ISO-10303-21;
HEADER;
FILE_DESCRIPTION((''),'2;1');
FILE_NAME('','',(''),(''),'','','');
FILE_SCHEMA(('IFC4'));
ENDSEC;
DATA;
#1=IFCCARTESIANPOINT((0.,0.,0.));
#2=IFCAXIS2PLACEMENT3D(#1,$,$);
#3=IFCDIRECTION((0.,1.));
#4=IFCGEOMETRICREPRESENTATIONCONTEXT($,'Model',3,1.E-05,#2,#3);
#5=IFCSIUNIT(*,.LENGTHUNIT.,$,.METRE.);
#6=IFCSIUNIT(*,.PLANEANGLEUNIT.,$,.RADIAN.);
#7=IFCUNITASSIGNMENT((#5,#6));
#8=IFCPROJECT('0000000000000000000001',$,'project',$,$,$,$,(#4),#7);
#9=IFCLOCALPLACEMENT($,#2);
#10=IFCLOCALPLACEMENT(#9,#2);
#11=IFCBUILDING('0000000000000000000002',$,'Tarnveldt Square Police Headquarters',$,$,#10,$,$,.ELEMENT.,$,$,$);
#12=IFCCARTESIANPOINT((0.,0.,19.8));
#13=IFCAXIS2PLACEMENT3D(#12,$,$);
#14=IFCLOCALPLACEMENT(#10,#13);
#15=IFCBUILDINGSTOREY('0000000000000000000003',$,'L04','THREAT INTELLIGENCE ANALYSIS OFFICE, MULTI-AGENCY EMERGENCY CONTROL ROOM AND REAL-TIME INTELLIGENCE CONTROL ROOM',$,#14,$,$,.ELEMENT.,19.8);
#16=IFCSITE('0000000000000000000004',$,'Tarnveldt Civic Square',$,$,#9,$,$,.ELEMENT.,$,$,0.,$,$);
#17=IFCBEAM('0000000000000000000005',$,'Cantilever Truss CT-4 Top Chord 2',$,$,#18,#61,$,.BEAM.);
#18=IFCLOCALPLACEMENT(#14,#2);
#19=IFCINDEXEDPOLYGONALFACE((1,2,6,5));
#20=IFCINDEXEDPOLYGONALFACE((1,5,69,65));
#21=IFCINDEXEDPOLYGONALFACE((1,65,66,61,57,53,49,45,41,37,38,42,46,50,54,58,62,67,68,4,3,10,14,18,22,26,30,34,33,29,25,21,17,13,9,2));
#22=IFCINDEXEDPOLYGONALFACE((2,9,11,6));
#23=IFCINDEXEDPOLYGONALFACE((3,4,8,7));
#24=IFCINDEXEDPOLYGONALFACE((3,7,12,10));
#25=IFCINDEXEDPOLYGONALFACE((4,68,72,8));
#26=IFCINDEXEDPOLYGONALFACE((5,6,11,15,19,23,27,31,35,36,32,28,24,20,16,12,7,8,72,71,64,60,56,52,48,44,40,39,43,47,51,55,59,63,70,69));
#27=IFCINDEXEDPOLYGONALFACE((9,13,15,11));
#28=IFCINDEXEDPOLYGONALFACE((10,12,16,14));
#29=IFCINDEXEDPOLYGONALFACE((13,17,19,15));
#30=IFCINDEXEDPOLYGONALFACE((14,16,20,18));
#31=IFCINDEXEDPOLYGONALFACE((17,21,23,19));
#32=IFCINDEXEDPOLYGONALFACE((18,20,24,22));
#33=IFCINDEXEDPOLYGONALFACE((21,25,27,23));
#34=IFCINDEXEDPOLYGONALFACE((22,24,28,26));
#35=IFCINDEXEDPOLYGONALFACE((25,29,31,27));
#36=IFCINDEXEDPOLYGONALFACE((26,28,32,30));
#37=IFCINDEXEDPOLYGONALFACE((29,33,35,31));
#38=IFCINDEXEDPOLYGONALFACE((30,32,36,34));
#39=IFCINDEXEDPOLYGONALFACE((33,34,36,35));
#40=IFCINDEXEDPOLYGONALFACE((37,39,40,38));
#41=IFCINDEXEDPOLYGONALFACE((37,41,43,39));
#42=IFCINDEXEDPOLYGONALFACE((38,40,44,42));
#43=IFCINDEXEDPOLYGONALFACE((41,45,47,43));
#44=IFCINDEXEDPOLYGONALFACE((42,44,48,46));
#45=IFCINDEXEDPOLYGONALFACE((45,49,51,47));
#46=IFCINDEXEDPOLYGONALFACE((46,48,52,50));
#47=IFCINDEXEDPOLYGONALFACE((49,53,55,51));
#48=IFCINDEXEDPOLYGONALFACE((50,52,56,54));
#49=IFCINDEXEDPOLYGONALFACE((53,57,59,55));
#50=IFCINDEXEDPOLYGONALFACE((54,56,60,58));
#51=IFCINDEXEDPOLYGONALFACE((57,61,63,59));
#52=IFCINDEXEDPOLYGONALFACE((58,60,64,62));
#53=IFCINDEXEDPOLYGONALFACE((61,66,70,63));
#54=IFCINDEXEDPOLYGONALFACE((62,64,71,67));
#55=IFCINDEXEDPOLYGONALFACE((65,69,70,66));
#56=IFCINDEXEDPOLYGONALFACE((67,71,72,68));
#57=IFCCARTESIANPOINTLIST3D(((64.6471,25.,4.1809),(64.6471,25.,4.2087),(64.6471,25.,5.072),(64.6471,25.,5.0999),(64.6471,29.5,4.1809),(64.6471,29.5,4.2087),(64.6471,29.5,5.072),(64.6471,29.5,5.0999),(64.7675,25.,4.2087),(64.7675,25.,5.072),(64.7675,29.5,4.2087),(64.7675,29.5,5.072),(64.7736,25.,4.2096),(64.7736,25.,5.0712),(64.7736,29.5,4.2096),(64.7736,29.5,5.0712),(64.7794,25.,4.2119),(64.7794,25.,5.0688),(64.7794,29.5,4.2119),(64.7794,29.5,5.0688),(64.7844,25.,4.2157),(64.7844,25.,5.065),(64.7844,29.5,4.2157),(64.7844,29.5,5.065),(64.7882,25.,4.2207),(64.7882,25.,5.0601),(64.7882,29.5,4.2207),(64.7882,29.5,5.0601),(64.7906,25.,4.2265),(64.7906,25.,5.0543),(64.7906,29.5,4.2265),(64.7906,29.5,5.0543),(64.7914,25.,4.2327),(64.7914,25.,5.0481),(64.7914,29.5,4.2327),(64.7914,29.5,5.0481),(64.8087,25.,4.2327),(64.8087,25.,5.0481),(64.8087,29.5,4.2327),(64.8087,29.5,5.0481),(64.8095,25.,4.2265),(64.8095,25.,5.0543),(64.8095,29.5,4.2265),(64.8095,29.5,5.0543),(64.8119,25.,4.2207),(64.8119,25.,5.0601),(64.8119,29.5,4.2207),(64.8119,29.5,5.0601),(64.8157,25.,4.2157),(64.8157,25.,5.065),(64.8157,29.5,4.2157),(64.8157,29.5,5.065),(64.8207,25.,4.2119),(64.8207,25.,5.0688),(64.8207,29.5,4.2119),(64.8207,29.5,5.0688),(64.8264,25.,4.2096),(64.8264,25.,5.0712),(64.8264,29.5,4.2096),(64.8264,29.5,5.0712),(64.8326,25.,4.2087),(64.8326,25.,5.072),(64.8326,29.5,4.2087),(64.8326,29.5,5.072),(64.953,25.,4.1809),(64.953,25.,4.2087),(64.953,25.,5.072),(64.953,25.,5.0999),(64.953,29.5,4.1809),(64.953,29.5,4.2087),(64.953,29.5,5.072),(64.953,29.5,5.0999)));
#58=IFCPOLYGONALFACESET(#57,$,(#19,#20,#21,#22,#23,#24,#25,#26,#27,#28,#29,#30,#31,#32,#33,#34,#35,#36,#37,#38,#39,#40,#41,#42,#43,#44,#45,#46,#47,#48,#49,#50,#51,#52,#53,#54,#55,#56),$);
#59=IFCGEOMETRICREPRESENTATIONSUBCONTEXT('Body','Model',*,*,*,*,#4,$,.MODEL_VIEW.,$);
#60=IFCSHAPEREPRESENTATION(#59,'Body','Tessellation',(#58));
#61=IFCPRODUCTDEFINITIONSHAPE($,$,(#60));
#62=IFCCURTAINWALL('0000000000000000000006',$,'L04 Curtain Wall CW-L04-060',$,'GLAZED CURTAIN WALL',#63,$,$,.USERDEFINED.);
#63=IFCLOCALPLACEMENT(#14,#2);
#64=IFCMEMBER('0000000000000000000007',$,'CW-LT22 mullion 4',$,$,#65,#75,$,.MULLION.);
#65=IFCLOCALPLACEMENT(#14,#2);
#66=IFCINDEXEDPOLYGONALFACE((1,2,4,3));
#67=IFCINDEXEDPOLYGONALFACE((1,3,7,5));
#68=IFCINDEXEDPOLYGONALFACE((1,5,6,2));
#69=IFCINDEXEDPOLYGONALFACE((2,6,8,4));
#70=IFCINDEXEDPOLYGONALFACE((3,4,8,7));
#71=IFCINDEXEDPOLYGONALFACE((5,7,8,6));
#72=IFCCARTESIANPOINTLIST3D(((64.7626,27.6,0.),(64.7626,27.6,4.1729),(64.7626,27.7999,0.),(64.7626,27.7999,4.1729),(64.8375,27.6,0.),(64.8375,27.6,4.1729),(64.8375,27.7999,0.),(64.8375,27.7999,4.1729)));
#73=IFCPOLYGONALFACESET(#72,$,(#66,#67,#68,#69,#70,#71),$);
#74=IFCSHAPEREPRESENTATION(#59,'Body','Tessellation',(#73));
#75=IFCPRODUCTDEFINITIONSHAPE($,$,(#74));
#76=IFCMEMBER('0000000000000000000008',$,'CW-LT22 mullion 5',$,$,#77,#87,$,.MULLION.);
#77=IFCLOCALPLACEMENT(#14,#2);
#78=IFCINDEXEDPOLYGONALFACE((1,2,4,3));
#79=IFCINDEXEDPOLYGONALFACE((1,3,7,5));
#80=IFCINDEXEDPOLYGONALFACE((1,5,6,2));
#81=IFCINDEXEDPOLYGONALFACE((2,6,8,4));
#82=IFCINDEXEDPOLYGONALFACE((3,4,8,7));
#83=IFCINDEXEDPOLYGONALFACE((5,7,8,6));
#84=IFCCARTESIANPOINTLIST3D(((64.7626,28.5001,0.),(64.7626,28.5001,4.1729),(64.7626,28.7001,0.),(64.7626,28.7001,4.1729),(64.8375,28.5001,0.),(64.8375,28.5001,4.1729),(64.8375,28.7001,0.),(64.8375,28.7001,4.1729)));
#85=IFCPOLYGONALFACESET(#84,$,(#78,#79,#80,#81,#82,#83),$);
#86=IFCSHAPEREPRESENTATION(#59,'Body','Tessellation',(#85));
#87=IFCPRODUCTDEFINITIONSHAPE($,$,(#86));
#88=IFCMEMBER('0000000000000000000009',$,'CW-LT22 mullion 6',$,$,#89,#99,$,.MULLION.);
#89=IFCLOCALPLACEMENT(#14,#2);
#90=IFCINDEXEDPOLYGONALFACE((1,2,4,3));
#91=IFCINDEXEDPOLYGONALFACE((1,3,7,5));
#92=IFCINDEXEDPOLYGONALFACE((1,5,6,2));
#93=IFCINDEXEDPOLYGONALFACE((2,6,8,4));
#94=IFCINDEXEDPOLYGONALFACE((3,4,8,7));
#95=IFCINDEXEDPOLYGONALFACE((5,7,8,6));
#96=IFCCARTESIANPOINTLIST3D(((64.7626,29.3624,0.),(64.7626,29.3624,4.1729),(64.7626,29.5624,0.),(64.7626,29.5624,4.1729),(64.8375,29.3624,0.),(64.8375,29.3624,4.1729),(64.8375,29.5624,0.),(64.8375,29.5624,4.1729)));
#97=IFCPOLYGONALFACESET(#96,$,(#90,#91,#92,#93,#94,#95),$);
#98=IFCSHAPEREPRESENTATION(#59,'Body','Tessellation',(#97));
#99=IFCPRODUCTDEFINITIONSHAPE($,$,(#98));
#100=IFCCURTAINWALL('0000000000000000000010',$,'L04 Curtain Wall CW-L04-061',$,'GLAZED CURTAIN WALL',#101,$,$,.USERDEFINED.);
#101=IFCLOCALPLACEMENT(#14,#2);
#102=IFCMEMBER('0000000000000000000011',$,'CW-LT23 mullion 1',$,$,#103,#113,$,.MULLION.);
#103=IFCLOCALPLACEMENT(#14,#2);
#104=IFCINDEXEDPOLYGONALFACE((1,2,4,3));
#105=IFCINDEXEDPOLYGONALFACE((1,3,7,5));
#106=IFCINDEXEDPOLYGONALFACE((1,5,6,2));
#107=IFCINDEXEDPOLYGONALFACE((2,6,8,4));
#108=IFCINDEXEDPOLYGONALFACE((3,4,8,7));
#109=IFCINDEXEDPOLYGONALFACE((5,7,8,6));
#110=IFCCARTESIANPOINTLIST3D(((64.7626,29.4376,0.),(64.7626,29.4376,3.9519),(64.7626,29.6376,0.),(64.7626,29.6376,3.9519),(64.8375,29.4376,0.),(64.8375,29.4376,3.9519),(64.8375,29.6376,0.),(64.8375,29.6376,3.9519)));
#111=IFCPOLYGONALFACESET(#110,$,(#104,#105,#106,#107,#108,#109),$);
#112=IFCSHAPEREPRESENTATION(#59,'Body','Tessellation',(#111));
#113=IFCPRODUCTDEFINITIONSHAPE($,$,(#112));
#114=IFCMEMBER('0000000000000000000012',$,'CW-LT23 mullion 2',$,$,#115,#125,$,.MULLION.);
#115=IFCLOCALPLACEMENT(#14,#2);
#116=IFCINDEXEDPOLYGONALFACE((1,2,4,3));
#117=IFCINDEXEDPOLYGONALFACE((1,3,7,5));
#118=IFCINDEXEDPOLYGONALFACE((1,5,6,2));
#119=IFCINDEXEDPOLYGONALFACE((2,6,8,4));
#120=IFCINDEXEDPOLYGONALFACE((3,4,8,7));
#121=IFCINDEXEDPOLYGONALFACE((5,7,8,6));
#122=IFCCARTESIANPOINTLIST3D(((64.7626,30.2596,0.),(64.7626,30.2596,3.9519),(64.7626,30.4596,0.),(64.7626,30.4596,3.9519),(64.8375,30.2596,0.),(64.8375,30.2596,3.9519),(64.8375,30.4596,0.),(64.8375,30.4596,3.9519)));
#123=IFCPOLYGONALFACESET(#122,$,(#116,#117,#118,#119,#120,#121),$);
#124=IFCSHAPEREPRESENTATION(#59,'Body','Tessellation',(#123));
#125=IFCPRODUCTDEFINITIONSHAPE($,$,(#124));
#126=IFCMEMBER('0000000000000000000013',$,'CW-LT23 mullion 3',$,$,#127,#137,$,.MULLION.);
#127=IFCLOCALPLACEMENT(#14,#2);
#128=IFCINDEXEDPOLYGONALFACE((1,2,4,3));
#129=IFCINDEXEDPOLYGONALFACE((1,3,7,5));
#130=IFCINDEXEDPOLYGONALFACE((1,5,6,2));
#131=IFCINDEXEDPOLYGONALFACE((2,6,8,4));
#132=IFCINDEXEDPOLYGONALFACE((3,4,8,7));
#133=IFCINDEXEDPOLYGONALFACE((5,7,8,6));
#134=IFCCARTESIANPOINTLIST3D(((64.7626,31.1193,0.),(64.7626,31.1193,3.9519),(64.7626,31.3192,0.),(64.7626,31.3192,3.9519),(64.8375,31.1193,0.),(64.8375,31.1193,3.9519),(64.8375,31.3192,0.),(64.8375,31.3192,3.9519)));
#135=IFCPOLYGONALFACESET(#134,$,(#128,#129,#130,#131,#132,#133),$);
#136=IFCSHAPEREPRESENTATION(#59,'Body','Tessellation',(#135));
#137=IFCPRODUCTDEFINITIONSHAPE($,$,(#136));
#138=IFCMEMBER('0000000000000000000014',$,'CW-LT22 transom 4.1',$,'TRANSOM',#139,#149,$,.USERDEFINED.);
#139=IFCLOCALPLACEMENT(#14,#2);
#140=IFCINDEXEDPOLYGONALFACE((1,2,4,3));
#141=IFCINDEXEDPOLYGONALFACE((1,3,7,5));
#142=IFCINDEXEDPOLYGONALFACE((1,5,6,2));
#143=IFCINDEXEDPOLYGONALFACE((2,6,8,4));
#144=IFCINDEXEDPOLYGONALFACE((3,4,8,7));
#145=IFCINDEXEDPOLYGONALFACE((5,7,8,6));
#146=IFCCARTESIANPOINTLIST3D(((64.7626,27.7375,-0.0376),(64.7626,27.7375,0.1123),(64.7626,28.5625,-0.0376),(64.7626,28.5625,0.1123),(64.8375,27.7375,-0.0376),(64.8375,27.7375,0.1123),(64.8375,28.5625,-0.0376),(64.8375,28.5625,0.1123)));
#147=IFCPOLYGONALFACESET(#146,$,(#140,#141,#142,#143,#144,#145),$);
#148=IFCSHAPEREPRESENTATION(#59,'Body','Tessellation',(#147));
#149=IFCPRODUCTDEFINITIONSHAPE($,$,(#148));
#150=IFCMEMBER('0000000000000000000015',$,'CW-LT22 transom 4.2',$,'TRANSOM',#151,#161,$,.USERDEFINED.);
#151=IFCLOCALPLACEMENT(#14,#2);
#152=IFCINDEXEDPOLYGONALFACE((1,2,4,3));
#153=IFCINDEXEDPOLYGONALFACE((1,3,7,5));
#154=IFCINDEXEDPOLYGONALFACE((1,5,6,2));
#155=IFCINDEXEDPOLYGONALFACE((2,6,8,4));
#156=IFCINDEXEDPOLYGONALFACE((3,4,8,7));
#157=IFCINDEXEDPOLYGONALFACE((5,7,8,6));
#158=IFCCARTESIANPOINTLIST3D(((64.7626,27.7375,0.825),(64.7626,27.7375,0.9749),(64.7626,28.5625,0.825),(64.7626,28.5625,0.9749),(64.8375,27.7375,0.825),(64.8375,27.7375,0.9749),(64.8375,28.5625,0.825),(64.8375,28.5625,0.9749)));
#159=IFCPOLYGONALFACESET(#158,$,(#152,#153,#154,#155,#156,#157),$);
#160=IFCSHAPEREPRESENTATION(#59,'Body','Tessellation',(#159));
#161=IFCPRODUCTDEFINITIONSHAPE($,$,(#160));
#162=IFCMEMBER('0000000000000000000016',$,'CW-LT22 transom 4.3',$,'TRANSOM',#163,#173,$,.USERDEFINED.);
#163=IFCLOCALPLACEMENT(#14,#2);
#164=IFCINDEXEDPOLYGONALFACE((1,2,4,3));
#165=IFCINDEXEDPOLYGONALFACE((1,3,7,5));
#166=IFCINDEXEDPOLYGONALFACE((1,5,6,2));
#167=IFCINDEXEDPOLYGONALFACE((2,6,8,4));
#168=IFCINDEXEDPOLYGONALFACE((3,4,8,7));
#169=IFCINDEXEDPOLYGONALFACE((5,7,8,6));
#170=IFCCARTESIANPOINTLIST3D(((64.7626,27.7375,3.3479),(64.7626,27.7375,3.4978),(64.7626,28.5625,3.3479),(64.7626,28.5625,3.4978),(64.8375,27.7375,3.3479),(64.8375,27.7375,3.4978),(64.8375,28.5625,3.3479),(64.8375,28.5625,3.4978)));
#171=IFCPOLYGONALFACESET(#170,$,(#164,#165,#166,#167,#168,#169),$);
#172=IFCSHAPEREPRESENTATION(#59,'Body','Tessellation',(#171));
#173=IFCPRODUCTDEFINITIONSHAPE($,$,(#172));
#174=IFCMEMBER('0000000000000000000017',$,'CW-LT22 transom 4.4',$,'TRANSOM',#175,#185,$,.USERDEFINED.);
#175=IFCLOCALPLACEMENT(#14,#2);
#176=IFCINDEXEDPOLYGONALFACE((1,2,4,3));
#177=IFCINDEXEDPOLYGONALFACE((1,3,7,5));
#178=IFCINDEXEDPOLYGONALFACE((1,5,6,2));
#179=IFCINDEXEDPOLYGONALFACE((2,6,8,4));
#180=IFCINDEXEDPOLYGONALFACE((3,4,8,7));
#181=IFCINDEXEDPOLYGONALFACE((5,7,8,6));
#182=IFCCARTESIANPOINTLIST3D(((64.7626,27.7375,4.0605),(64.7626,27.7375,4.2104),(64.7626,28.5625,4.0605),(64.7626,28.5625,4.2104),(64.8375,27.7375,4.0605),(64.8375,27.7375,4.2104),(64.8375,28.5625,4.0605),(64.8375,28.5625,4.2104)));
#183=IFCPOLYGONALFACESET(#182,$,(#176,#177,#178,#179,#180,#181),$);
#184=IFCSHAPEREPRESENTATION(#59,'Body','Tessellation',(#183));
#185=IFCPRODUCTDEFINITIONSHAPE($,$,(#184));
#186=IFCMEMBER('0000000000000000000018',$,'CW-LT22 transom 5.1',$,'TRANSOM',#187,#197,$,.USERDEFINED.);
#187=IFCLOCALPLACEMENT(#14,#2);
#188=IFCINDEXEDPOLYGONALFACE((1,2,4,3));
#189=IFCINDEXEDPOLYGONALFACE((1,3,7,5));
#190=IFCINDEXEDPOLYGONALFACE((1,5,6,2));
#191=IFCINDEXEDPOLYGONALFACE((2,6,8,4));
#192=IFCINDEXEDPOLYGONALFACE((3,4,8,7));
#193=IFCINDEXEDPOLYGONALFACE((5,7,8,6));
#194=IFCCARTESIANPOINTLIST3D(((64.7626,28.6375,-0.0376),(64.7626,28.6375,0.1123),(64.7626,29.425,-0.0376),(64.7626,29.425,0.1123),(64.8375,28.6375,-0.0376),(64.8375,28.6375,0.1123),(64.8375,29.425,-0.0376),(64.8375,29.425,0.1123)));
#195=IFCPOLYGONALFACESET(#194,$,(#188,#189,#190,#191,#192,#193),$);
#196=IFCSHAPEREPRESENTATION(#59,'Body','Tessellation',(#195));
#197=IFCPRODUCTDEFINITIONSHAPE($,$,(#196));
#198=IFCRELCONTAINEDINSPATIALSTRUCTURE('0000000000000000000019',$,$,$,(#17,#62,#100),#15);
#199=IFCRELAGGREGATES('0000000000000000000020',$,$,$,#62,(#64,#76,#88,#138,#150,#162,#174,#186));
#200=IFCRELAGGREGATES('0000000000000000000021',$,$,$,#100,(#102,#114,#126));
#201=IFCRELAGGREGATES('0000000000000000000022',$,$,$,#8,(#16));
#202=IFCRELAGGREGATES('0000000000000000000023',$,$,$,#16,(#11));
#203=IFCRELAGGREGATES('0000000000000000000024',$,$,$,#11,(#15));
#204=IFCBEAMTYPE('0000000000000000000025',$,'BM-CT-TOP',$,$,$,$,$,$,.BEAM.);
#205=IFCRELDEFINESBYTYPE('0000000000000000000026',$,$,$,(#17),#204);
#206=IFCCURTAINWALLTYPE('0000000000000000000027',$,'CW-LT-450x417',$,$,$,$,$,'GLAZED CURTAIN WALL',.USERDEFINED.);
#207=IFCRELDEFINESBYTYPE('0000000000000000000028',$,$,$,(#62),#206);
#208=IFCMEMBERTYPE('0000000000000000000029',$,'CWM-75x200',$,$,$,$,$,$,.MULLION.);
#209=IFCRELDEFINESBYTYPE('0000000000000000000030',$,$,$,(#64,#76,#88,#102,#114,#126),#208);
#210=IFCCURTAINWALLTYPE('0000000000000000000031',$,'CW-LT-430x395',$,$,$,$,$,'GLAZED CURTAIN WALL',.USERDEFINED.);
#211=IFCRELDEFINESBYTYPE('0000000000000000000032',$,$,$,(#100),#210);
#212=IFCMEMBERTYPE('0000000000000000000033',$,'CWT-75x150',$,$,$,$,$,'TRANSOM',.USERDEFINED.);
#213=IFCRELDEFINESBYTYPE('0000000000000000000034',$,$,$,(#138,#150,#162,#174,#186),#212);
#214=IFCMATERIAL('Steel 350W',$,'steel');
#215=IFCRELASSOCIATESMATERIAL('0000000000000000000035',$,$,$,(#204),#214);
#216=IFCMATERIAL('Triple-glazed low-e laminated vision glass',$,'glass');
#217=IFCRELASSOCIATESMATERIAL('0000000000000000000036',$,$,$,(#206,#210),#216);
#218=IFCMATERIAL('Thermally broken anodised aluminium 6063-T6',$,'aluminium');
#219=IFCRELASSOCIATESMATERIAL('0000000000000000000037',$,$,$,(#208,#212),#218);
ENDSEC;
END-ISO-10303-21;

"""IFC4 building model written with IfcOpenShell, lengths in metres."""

from ifc_helpers import new_model, si_unit, direction, frame, origin, origin_2d, place, context, subcontext, project, spatial, rectangle, i_section, extrude, material, material_profile, profile_set, type_object, element, aggregate, save


model = new_model("IFC4")

# Units and contexts
model_context = context("Model", 3, precision=1e-05, world=origin(), true_north=direction((0.0, 1.0)))
body_context = subcontext(model_context, "Body", "Model", "MODEL_VIEW")
ifc_project = project(units=[si_unit("LENGTHUNIT", "METRE"), si_unit("PLANEANGLEUNIT", "RADIAN")], contexts=[model_context])

# Site, building, storey
site_placement = place(None, origin())
site = spatial("IfcSite", under=ifc_project, at=site_placement, Name="Tarnveldt Civic Square", CompositionType="ELEMENT", RefElevation=0.0)
building_placement = place(site_placement, origin())
building = spatial("IfcBuilding", under=site, at=building_placement, Name="Tarnveldt Square Police Headquarters", CompositionType="ELEMENT")
storey_placement = place(building_placement, frame((0.0, 0.0, 19.8)))
storey = spatial("IfcBuildingStorey", under=building, at=storey_placement, Name="L04", Description="THREAT INTELLIGENCE ANALYSIS OFFICE, MULTI-AGENCY EMERGENCY CONTROL ROOM AND REAL-TIME INTELLIGENCE CONTROL ROOM", CompositionType="ELEMENT", Elevation=19.8)

# Beam
ifc_material_1 = material(Name="Steel 350W", Category="steel")
ifc_material_profile_1 = material_profile(ifc_material_1, i_section(OverallWidth=0.3059, OverallDepth=0.9189, WebThickness=0.0173, FlangeThickness=0.0278, FilletRadius=0.0239, at=origin_2d()), Name="W920x253")
ifc_profile_set_1 = profile_set([ifc_material_profile_1], Name="Steel 350W")
beam_type = type_object("IfcBeamType", Name="BM-CT-TOP", PredefinedType="BEAM", material=ifc_profile_set_1)
beam_placement = place(storey_placement, frame((64.8, 29.5, 4.6404), z_axis=(0.0, -1.0, 0.0), x_axis=(1.0, 0.0, 0.0)))
element("IfcBeam", 1, at=beam_placement, inside=storey, type_object=beam_type, Name="Cantilever Truss CT-4 Top Chord 2", PredefinedType="BEAM", context=body_context, shape_type="SweptSolid", body=[
    extrude(i_section(OverallWidth=0.3059, OverallDepth=0.9189, WebThickness=0.0173, FlangeThickness=0.0278, FilletRadius=0.0239, at=origin_2d()), origin(), (0.0, 0.0, 1.0), 4.5),
])

# Curtain walls, members
ifc_material_2 = material(Name="Triple-glazed low-e laminated vision glass", Category="glass")
curtain_wall_type_1 = type_object("IfcCurtainWallType", Name="CW-LT-450x417", ElementType="GLAZED CURTAIN WALL", PredefinedType="USERDEFINED", material=ifc_material_2)
curtain_wall_1_placement = place(storey_placement, origin())
curtain_wall_1 = element("IfcCurtainWall", 2, at=curtain_wall_1_placement, inside=storey, type_object=curtain_wall_type_1, Name="L04 Curtain Wall CW-L04-060", ObjectType="GLAZED CURTAIN WALL", PredefinedType="USERDEFINED")
ifc_material_3 = material(Name="Thermally broken anodised aluminium 6063-T6", Category="aluminium")
ifc_material_profile_2 = material_profile(ifc_material_3, rectangle(XDim=0.075, YDim=0.2, at=origin_2d()), Name="CW-M75x200")
ifc_profile_set_2 = profile_set([ifc_material_profile_2], Name="Thermally broken anodised aluminium 6063-T6")
member_type_1 = type_object("IfcMemberType", Name="CWM-75x200", PredefinedType="MULLION", material=ifc_profile_set_2)
member_1_placement = place(storey_placement, frame((64.8, 27.7, 0.0), z_axis=(0.0, 0.0, 1.0), x_axis=(-1.0, 0.0, 0.0)))
member_1 = element("IfcMember", 3, at=member_1_placement, type_object=member_type_1, Name="CW-LT22 mullion 4", PredefinedType="MULLION", context=body_context, shape_type="SweptSolid", body=[
    extrude(rectangle(XDim=0.075, YDim=0.2, at=origin_2d()), origin(), (0.0, 0.0, 1.0), 4.1729),
])
member_2_placement = place(storey_placement, frame((64.8, 28.6001, 0.0), z_axis=(0.0, 0.0, 1.0), x_axis=(-1.0, 0.0, 0.0)))
member_2 = element("IfcMember", 4, at=member_2_placement, type_object=member_type_1, Name="CW-LT22 mullion 5", PredefinedType="MULLION", context=body_context, shape_type="SweptSolid", body=[
    extrude(rectangle(XDim=0.075, YDim=0.2, at=origin_2d()), origin(), (0.0, 0.0, 1.0), 4.1729),
])
member_3_placement = place(storey_placement, frame((64.8, 29.4624, 0.0), z_axis=(0.0, 0.0, 1.0), x_axis=(-1.0, 0.0, 0.0)))
member_3 = element("IfcMember", 5, at=member_3_placement, type_object=member_type_1, Name="CW-LT22 mullion 6", PredefinedType="MULLION", context=body_context, shape_type="SweptSolid", body=[
    extrude(rectangle(XDim=0.075, YDim=0.2, at=origin_2d()), origin(), (0.0, 0.0, 1.0), 4.1729),
])
curtain_wall_type_2 = type_object("IfcCurtainWallType", Name="CW-LT-430x395", ElementType="GLAZED CURTAIN WALL", PredefinedType="USERDEFINED", material=ifc_material_2)
curtain_wall_2_placement = place(storey_placement, origin())
curtain_wall_2 = element("IfcCurtainWall", 6, at=curtain_wall_2_placement, inside=storey, type_object=curtain_wall_type_2, Name="L04 Curtain Wall CW-L04-061", ObjectType="GLAZED CURTAIN WALL", PredefinedType="USERDEFINED")
member_4_placement = place(storey_placement, frame((64.8, 29.5376, 0.0), z_axis=(0.0, 0.0, 1.0), x_axis=(-1.0, 0.0, 0.0)))
member_4 = element("IfcMember", 7, at=member_4_placement, type_object=member_type_1, Name="CW-LT23 mullion 1", PredefinedType="MULLION", context=body_context, shape_type="SweptSolid", body=[
    extrude(rectangle(XDim=0.075, YDim=0.2, at=origin_2d()), origin(), (0.0, 0.0, 1.0), 3.9519),
])
member_5_placement = place(storey_placement, frame((64.8, 30.3596, 0.0), z_axis=(0.0, 0.0, 1.0), x_axis=(-1.0, 0.0, 0.0)))
member_5 = element("IfcMember", 8, at=member_5_placement, type_object=member_type_1, Name="CW-LT23 mullion 2", PredefinedType="MULLION", context=body_context, shape_type="SweptSolid", body=[
    extrude(rectangle(XDim=0.075, YDim=0.2, at=origin_2d()), origin(), (0.0, 0.0, 1.0), 3.9519),
])
member_6_placement = place(storey_placement, frame((64.8, 31.2192, 0.0), z_axis=(0.0, 0.0, 1.0), x_axis=(-1.0, 0.0, 0.0)))
member_6 = element("IfcMember", 9, at=member_6_placement, type_object=member_type_1, Name="CW-LT23 mullion 3", PredefinedType="MULLION", context=body_context, shape_type="SweptSolid", body=[
    extrude(rectangle(XDim=0.075, YDim=0.2, at=origin_2d()), origin(), (0.0, 0.0, 1.0), 3.9519),
])

# Members
ifc_material_profile_3 = material_profile(ifc_material_3, rectangle(XDim=0.075, YDim=0.1499, at=origin_2d()), Name="CW-T75x150")
ifc_profile_set_3 = profile_set([ifc_material_profile_3], Name="Thermally broken anodised aluminium 6063-T6")
member_type_2 = type_object("IfcMemberType", Name="CWT-75x150", ElementType="TRANSOM", PredefinedType="USERDEFINED", material=ifc_profile_set_3)
member_7_placement = place(storey_placement, frame((64.8, 27.7375, 0.0374), z_axis=(0.0, 1.0, 0.0), x_axis=(-1.0, 0.0, 0.0)))
member_7 = element("IfcMember", 10, at=member_7_placement, type_object=member_type_2, Name="CW-LT22 transom 4.1", ObjectType="TRANSOM", PredefinedType="USERDEFINED", context=body_context, shape_type="SweptSolid", body=[
    extrude(rectangle(XDim=0.075, YDim=0.1499, at=origin_2d()), origin(), (0.0, 0.0, 1.0), 0.825),
])
member_8_placement = place(storey_placement, frame((64.8, 27.7375, 0.8999), z_axis=(0.0, 1.0, 0.0), x_axis=(-1.0, 0.0, 0.0)))
member_8 = element("IfcMember", 11, at=member_8_placement, type_object=member_type_2, Name="CW-LT22 transom 4.2", ObjectType="TRANSOM", PredefinedType="USERDEFINED", context=body_context, shape_type="SweptSolid", body=[
    extrude(rectangle(XDim=0.075, YDim=0.1499, at=origin_2d()), origin(), (0.0, 0.0, 1.0), 0.825),
])
member_9_placement = place(storey_placement, frame((64.8, 27.7375, 3.4229), z_axis=(0.0, 1.0, 0.0), x_axis=(-1.0, 0.0, 0.0)))
member_9 = element("IfcMember", 12, at=member_9_placement, type_object=member_type_2, Name="CW-LT22 transom 4.3", ObjectType="TRANSOM", PredefinedType="USERDEFINED", context=body_context, shape_type="SweptSolid", body=[
    extrude(rectangle(XDim=0.075, YDim=0.1499, at=origin_2d()), origin(), (0.0, 0.0, 1.0), 0.825),
])
member_10_placement = place(storey_placement, frame((64.8, 27.7375, 4.1355), z_axis=(0.0, 1.0, 0.0), x_axis=(-1.0, 0.0, 0.0)))
member_10 = element("IfcMember", 13, at=member_10_placement, type_object=member_type_2, Name="CW-LT22 transom 4.4", ObjectType="TRANSOM", PredefinedType="USERDEFINED", context=body_context, shape_type="SweptSolid", body=[
    extrude(rectangle(XDim=0.075, YDim=0.1499, at=origin_2d()), origin(), (0.0, 0.0, 1.0), 0.825),
])
member_11_placement = place(storey_placement, frame((64.8, 28.6375, 0.0374), z_axis=(0.0, 1.0, 0.0), x_axis=(-1.0, 0.0, 0.0)))
member_11 = element("IfcMember", 14, at=member_11_placement, type_object=member_type_2, Name="CW-LT22 transom 5.1", ObjectType="TRANSOM", PredefinedType="USERDEFINED", context=body_context, shape_type="SweptSolid", body=[
    extrude(rectangle(XDim=0.075, YDim=0.1499, at=origin_2d()), origin(), (0.0, 0.0, 1.0), 0.7876),
])

aggregate(curtain_wall_1, [member_1, member_2, member_3, member_7, member_8, member_9, member_10, member_11])
aggregate(curtain_wall_2, [member_4, member_5, member_6])

save(model, "model.ifc")
